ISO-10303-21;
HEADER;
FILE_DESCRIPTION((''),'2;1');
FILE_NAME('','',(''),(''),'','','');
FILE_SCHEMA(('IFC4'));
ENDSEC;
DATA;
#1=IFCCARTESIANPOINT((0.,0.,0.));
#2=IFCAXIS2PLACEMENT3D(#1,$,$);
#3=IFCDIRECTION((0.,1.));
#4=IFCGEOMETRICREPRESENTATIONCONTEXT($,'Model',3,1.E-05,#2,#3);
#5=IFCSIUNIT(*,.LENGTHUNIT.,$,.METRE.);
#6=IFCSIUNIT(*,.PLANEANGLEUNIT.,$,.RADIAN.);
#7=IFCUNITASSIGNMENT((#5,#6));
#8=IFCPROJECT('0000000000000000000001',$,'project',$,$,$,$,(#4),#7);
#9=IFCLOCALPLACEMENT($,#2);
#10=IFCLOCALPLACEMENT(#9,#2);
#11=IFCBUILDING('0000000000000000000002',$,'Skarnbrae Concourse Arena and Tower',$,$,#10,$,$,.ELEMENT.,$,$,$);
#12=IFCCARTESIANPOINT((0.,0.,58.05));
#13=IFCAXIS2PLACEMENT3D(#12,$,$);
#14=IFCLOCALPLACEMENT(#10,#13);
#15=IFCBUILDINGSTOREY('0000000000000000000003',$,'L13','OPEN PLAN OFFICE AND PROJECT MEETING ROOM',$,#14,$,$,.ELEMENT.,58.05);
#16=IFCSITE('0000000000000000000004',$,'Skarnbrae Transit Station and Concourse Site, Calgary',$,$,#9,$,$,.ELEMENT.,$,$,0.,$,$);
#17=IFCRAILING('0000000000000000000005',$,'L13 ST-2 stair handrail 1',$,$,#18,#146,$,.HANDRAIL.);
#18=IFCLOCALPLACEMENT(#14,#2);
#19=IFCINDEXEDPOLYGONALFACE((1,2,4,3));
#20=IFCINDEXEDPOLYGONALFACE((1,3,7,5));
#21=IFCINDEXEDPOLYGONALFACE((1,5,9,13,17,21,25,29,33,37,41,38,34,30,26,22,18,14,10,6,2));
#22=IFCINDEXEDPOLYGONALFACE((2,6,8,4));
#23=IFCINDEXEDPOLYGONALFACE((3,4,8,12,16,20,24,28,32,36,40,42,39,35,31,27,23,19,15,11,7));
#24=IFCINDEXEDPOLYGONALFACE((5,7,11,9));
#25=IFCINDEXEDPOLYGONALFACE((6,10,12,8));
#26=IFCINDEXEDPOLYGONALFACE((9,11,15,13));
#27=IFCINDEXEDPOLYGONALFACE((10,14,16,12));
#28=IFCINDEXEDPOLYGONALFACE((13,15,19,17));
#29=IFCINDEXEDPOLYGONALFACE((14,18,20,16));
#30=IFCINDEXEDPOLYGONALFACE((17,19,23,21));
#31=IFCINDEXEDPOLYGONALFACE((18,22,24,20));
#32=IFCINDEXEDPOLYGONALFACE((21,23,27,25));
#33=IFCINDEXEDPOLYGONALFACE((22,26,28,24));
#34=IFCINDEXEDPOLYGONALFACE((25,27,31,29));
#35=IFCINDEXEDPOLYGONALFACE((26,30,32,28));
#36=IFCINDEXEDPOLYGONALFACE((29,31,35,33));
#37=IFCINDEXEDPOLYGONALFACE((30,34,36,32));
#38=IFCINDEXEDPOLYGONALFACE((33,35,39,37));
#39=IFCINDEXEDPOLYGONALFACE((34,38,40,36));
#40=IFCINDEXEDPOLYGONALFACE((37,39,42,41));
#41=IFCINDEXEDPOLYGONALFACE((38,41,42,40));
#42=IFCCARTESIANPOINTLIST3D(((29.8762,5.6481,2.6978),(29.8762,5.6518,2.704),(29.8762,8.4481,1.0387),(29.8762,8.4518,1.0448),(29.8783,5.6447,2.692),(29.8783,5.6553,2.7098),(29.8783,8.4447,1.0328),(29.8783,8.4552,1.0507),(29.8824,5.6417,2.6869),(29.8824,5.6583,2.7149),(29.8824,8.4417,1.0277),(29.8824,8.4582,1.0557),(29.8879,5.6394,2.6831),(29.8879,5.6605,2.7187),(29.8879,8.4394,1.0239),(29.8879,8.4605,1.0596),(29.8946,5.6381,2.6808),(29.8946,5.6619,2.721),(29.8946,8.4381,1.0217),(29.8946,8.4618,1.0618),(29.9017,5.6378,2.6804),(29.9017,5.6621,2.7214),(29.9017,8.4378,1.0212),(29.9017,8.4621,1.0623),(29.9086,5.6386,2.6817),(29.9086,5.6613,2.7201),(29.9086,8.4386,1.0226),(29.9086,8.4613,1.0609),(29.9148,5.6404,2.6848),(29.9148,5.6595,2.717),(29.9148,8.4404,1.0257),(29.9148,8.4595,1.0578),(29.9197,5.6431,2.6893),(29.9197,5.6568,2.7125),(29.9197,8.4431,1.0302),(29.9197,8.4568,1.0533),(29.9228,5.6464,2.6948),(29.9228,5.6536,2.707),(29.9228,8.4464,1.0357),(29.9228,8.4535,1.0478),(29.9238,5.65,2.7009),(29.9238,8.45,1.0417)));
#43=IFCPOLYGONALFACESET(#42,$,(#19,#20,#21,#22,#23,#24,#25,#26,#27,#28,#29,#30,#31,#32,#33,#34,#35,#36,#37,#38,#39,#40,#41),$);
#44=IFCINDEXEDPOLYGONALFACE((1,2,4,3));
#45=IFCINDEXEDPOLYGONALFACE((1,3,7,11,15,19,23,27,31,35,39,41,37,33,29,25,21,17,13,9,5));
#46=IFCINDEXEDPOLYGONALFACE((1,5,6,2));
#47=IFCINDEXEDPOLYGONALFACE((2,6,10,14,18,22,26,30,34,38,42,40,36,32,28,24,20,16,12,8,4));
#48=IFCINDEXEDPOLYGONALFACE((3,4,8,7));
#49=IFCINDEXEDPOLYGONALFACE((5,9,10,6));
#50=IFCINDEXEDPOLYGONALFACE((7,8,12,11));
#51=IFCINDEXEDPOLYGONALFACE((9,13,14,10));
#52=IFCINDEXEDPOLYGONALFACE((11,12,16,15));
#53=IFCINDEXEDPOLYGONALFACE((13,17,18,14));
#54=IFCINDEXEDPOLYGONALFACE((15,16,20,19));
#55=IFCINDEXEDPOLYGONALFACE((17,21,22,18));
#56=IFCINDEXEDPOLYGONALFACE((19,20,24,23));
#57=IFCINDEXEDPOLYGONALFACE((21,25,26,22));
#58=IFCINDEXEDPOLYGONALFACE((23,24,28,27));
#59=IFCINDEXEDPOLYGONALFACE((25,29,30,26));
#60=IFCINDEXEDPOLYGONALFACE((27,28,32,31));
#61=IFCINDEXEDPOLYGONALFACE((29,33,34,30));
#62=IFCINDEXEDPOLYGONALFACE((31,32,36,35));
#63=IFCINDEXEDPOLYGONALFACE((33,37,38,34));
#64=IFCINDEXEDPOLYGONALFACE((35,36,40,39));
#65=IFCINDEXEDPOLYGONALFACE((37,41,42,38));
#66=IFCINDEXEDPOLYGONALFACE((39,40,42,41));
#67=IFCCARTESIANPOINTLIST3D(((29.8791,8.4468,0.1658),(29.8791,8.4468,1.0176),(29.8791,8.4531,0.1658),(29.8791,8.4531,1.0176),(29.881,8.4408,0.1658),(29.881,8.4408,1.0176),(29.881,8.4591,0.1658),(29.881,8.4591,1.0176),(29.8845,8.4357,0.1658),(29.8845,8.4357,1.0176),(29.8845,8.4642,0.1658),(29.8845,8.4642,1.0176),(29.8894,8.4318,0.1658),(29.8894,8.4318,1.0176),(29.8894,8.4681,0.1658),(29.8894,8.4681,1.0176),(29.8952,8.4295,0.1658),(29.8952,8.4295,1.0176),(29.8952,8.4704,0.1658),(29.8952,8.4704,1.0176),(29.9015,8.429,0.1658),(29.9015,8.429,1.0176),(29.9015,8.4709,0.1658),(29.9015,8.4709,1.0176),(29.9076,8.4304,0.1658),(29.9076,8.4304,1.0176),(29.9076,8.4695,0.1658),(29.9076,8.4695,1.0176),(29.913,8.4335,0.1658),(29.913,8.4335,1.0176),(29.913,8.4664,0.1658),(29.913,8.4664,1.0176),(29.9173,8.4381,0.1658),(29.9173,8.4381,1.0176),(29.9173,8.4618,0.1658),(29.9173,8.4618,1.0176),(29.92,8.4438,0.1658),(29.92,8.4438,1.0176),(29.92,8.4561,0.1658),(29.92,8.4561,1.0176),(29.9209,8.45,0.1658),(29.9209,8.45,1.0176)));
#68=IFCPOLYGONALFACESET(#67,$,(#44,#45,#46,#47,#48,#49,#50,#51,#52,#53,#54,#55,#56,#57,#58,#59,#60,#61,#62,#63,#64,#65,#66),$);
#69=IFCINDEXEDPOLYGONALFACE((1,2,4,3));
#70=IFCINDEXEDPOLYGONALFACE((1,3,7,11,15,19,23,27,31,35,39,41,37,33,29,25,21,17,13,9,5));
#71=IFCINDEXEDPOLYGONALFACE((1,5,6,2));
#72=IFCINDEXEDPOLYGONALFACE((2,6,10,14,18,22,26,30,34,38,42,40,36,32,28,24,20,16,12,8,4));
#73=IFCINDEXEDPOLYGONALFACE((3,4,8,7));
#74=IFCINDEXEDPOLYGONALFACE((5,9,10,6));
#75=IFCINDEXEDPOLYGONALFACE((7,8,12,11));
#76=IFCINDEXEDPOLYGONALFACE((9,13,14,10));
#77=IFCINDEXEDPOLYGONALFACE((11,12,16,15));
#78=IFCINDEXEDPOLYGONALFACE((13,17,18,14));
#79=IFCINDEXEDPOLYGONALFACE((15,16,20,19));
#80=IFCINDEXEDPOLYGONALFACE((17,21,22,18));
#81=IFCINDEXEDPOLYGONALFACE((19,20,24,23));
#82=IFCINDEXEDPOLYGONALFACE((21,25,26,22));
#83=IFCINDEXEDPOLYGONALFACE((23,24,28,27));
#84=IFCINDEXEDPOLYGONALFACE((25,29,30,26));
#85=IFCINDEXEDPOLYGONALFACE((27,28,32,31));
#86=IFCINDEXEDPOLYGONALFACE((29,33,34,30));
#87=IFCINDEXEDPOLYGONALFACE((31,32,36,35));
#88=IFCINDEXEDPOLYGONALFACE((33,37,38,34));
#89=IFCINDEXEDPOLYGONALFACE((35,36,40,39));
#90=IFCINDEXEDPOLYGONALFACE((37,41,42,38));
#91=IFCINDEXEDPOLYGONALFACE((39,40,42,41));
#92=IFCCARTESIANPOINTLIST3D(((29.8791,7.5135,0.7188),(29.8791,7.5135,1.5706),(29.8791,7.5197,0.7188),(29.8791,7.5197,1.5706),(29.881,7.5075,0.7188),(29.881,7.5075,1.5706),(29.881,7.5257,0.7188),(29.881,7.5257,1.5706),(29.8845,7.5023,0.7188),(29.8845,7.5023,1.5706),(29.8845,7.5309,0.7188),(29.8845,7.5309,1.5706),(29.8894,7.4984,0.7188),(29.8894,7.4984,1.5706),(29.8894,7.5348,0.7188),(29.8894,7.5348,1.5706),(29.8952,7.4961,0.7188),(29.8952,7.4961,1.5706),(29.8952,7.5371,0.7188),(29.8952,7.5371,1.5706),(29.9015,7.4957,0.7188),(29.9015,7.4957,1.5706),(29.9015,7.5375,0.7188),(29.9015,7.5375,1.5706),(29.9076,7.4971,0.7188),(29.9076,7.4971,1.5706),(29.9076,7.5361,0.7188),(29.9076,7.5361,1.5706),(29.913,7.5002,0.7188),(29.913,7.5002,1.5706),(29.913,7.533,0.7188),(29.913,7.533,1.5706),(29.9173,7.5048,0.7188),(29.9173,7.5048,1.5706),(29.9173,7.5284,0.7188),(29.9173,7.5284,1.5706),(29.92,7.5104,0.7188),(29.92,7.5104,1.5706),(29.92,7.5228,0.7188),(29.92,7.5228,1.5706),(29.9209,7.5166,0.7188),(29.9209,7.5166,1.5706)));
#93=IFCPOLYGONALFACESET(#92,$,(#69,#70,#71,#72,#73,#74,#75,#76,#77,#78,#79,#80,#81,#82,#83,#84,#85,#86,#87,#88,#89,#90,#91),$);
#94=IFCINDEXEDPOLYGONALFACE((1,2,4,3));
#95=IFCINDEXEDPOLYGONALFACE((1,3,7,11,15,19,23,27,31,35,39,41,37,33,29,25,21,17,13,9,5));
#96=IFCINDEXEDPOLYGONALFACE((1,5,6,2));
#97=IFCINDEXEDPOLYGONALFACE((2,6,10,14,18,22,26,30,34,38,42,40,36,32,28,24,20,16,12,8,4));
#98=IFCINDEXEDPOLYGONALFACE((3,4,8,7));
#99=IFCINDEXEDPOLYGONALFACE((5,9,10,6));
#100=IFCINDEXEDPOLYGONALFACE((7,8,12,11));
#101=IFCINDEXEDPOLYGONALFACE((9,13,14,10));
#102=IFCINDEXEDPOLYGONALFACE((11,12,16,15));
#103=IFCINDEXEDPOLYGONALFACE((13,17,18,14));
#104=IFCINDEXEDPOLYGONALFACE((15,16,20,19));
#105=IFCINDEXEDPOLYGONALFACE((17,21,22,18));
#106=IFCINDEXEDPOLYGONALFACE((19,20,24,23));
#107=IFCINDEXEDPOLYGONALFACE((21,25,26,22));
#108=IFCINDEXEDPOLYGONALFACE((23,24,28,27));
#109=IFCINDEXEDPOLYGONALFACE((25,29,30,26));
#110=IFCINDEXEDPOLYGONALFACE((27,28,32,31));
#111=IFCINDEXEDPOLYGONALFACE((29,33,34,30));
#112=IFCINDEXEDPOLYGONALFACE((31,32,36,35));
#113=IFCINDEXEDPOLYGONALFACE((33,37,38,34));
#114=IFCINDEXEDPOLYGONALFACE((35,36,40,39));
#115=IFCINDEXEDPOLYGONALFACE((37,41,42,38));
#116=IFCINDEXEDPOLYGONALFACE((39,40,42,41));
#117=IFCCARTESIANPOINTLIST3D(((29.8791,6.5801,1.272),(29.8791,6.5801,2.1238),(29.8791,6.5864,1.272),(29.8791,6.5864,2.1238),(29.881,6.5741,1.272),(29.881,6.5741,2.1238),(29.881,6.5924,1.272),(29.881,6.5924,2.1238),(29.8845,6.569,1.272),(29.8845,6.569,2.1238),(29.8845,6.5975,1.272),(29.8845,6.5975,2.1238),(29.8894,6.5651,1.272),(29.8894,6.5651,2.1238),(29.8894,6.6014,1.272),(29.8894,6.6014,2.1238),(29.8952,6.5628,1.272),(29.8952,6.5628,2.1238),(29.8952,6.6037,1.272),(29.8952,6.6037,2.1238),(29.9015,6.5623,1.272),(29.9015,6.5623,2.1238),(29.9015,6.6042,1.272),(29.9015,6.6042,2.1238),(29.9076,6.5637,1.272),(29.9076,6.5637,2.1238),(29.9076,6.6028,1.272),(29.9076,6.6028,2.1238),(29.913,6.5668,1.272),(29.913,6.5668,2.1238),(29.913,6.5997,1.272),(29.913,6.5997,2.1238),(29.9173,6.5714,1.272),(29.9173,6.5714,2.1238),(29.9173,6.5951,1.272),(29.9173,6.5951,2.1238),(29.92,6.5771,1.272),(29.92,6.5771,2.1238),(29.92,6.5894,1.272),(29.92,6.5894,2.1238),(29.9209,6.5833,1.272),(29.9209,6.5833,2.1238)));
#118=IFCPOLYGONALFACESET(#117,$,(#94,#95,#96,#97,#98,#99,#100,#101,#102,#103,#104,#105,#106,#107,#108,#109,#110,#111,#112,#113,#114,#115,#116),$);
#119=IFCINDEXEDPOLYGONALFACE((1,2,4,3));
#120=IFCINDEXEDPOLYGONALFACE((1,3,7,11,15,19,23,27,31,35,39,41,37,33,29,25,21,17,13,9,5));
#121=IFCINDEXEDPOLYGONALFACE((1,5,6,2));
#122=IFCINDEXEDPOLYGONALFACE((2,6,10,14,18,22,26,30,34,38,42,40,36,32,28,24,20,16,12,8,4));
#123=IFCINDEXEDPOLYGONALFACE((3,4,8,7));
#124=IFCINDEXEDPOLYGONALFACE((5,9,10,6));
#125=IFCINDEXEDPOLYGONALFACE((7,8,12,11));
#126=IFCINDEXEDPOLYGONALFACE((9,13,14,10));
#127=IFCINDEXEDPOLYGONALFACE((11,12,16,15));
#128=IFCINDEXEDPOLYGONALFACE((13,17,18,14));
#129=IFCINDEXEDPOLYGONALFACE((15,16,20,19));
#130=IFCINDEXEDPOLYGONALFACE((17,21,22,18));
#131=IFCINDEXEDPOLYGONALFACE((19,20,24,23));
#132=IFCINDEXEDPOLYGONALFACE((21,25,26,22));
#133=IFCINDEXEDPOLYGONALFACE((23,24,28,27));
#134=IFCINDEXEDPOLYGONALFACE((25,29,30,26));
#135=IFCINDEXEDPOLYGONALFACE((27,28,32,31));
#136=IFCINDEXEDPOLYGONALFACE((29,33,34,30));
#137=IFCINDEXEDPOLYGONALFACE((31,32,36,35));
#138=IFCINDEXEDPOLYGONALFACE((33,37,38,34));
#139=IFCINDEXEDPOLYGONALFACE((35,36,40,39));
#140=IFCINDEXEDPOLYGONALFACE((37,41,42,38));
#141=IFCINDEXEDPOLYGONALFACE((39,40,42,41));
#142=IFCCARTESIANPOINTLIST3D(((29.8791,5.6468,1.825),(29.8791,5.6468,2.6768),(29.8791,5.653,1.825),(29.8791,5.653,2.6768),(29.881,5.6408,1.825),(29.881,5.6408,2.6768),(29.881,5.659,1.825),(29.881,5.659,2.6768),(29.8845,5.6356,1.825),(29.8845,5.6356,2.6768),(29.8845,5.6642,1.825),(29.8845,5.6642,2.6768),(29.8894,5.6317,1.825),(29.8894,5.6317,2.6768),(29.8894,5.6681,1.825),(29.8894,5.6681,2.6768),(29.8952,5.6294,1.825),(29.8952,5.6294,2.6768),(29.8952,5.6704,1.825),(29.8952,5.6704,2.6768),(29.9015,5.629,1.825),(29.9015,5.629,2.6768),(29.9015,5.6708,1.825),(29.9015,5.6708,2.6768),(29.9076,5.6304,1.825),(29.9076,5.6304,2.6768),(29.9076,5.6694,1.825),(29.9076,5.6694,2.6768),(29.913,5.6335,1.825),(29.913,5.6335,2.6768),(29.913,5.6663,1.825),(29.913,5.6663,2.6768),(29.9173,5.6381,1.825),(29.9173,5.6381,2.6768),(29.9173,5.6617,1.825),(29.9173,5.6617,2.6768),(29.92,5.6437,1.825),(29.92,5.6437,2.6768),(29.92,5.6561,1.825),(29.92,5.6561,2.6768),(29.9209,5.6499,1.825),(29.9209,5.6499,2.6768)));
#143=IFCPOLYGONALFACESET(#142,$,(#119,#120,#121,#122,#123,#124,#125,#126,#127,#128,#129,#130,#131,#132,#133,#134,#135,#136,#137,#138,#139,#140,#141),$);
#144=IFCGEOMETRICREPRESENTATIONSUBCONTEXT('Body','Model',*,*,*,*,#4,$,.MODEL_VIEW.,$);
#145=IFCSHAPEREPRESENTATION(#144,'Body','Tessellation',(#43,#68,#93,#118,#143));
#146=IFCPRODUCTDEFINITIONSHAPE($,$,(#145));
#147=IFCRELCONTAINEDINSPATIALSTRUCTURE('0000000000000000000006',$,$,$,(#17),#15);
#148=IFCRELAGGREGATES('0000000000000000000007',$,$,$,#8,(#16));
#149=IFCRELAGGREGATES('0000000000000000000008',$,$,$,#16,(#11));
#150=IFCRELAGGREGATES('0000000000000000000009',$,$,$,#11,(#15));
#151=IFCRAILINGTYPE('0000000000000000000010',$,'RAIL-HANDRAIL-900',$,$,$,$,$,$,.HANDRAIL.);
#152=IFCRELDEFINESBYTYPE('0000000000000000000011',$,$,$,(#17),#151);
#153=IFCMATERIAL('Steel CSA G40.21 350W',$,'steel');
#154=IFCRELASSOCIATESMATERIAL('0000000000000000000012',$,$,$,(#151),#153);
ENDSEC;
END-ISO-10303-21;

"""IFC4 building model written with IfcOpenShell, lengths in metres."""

from ifc_helpers import new_model, si_unit, direction, frame, origin, origin_2d, place, context, subcontext, project, spatial, circle, extrude, material, type_object, element, save


model = new_model("IFC4")

# Units and contexts
model_context = context("Model", 3, precision=1e-05, world=origin(), true_north=direction((0.0, 1.0)))
body_context = subcontext(model_context, "Body", "Model", "MODEL_VIEW")
ifc_project = project(units=[si_unit("LENGTHUNIT", "METRE"), si_unit("PLANEANGLEUNIT", "RADIAN")], contexts=[model_context])

# Site, building, storey
site_placement = place(None, origin())
site = spatial("IfcSite", under=ifc_project, at=site_placement, Name="Skarnbrae Transit Station and Concourse Site, Calgary", CompositionType="ELEMENT", RefElevation=0.0)
building_placement = place(site_placement, origin())
building = spatial("IfcBuilding", under=site, at=building_placement, Name="Skarnbrae Concourse Arena and Tower", CompositionType="ELEMENT")
storey_placement = place(building_placement, frame((0.0, 0.0, 58.05)))
storey = spatial("IfcBuildingStorey", under=building, at=storey_placement, Name="L13", Description="OPEN PLAN OFFICE AND PROJECT MEETING ROOM", CompositionType="ELEMENT", Elevation=58.05)

# Shared definitions
ifc_material_1 = material(Name="Steel CSA G40.21 350W", Category="steel")

# Railing
railing_type_1 = type_object("IfcRailingType", Name="RAIL-HANDRAIL-900", PredefinedType="HANDRAIL", material=ifc_material_1)
railing_1_placement = place(storey_placement, frame((29.8999, 8.45, 0.1658)))
element("IfcRailing", 1, at=railing_1_placement, inside=storey, type_object=railing_type_1, Name="L13 ST-2 stair handrail 1", PredefinedType="HANDRAIL", context=body_context, shape_type="SweptSolid", body=[
    extrude(circle(Radius=0.0239, at=origin_2d()), frame((0.0, 0.0, 0.876), z_axis=(0.0, -0.860306, 0.509778), x_axis=(1.0, 0.0, 0.0)), (0.0, 0.0, 1.0), 3.2546),
    extrude(circle(Radius=0.021, at=origin_2d()), origin(), (0.0, 0.0, 1.0), 0.8518),
    extrude(circle(Radius=0.021, at=origin_2d()), frame((0.0, -0.9333, 0.553)), (0.0, 0.0, 1.0), 0.8518),
    extrude(circle(Radius=0.021, at=origin_2d()), frame((0.0, -1.8667, 1.1062)), (0.0, 0.0, 1.0), 0.8518),
    extrude(circle(Radius=0.021, at=origin_2d()), frame((0.0, -2.8, 1.6592)), (0.0, 0.0, 1.0), 0.8518),
])

save(model, "model.ifc")
